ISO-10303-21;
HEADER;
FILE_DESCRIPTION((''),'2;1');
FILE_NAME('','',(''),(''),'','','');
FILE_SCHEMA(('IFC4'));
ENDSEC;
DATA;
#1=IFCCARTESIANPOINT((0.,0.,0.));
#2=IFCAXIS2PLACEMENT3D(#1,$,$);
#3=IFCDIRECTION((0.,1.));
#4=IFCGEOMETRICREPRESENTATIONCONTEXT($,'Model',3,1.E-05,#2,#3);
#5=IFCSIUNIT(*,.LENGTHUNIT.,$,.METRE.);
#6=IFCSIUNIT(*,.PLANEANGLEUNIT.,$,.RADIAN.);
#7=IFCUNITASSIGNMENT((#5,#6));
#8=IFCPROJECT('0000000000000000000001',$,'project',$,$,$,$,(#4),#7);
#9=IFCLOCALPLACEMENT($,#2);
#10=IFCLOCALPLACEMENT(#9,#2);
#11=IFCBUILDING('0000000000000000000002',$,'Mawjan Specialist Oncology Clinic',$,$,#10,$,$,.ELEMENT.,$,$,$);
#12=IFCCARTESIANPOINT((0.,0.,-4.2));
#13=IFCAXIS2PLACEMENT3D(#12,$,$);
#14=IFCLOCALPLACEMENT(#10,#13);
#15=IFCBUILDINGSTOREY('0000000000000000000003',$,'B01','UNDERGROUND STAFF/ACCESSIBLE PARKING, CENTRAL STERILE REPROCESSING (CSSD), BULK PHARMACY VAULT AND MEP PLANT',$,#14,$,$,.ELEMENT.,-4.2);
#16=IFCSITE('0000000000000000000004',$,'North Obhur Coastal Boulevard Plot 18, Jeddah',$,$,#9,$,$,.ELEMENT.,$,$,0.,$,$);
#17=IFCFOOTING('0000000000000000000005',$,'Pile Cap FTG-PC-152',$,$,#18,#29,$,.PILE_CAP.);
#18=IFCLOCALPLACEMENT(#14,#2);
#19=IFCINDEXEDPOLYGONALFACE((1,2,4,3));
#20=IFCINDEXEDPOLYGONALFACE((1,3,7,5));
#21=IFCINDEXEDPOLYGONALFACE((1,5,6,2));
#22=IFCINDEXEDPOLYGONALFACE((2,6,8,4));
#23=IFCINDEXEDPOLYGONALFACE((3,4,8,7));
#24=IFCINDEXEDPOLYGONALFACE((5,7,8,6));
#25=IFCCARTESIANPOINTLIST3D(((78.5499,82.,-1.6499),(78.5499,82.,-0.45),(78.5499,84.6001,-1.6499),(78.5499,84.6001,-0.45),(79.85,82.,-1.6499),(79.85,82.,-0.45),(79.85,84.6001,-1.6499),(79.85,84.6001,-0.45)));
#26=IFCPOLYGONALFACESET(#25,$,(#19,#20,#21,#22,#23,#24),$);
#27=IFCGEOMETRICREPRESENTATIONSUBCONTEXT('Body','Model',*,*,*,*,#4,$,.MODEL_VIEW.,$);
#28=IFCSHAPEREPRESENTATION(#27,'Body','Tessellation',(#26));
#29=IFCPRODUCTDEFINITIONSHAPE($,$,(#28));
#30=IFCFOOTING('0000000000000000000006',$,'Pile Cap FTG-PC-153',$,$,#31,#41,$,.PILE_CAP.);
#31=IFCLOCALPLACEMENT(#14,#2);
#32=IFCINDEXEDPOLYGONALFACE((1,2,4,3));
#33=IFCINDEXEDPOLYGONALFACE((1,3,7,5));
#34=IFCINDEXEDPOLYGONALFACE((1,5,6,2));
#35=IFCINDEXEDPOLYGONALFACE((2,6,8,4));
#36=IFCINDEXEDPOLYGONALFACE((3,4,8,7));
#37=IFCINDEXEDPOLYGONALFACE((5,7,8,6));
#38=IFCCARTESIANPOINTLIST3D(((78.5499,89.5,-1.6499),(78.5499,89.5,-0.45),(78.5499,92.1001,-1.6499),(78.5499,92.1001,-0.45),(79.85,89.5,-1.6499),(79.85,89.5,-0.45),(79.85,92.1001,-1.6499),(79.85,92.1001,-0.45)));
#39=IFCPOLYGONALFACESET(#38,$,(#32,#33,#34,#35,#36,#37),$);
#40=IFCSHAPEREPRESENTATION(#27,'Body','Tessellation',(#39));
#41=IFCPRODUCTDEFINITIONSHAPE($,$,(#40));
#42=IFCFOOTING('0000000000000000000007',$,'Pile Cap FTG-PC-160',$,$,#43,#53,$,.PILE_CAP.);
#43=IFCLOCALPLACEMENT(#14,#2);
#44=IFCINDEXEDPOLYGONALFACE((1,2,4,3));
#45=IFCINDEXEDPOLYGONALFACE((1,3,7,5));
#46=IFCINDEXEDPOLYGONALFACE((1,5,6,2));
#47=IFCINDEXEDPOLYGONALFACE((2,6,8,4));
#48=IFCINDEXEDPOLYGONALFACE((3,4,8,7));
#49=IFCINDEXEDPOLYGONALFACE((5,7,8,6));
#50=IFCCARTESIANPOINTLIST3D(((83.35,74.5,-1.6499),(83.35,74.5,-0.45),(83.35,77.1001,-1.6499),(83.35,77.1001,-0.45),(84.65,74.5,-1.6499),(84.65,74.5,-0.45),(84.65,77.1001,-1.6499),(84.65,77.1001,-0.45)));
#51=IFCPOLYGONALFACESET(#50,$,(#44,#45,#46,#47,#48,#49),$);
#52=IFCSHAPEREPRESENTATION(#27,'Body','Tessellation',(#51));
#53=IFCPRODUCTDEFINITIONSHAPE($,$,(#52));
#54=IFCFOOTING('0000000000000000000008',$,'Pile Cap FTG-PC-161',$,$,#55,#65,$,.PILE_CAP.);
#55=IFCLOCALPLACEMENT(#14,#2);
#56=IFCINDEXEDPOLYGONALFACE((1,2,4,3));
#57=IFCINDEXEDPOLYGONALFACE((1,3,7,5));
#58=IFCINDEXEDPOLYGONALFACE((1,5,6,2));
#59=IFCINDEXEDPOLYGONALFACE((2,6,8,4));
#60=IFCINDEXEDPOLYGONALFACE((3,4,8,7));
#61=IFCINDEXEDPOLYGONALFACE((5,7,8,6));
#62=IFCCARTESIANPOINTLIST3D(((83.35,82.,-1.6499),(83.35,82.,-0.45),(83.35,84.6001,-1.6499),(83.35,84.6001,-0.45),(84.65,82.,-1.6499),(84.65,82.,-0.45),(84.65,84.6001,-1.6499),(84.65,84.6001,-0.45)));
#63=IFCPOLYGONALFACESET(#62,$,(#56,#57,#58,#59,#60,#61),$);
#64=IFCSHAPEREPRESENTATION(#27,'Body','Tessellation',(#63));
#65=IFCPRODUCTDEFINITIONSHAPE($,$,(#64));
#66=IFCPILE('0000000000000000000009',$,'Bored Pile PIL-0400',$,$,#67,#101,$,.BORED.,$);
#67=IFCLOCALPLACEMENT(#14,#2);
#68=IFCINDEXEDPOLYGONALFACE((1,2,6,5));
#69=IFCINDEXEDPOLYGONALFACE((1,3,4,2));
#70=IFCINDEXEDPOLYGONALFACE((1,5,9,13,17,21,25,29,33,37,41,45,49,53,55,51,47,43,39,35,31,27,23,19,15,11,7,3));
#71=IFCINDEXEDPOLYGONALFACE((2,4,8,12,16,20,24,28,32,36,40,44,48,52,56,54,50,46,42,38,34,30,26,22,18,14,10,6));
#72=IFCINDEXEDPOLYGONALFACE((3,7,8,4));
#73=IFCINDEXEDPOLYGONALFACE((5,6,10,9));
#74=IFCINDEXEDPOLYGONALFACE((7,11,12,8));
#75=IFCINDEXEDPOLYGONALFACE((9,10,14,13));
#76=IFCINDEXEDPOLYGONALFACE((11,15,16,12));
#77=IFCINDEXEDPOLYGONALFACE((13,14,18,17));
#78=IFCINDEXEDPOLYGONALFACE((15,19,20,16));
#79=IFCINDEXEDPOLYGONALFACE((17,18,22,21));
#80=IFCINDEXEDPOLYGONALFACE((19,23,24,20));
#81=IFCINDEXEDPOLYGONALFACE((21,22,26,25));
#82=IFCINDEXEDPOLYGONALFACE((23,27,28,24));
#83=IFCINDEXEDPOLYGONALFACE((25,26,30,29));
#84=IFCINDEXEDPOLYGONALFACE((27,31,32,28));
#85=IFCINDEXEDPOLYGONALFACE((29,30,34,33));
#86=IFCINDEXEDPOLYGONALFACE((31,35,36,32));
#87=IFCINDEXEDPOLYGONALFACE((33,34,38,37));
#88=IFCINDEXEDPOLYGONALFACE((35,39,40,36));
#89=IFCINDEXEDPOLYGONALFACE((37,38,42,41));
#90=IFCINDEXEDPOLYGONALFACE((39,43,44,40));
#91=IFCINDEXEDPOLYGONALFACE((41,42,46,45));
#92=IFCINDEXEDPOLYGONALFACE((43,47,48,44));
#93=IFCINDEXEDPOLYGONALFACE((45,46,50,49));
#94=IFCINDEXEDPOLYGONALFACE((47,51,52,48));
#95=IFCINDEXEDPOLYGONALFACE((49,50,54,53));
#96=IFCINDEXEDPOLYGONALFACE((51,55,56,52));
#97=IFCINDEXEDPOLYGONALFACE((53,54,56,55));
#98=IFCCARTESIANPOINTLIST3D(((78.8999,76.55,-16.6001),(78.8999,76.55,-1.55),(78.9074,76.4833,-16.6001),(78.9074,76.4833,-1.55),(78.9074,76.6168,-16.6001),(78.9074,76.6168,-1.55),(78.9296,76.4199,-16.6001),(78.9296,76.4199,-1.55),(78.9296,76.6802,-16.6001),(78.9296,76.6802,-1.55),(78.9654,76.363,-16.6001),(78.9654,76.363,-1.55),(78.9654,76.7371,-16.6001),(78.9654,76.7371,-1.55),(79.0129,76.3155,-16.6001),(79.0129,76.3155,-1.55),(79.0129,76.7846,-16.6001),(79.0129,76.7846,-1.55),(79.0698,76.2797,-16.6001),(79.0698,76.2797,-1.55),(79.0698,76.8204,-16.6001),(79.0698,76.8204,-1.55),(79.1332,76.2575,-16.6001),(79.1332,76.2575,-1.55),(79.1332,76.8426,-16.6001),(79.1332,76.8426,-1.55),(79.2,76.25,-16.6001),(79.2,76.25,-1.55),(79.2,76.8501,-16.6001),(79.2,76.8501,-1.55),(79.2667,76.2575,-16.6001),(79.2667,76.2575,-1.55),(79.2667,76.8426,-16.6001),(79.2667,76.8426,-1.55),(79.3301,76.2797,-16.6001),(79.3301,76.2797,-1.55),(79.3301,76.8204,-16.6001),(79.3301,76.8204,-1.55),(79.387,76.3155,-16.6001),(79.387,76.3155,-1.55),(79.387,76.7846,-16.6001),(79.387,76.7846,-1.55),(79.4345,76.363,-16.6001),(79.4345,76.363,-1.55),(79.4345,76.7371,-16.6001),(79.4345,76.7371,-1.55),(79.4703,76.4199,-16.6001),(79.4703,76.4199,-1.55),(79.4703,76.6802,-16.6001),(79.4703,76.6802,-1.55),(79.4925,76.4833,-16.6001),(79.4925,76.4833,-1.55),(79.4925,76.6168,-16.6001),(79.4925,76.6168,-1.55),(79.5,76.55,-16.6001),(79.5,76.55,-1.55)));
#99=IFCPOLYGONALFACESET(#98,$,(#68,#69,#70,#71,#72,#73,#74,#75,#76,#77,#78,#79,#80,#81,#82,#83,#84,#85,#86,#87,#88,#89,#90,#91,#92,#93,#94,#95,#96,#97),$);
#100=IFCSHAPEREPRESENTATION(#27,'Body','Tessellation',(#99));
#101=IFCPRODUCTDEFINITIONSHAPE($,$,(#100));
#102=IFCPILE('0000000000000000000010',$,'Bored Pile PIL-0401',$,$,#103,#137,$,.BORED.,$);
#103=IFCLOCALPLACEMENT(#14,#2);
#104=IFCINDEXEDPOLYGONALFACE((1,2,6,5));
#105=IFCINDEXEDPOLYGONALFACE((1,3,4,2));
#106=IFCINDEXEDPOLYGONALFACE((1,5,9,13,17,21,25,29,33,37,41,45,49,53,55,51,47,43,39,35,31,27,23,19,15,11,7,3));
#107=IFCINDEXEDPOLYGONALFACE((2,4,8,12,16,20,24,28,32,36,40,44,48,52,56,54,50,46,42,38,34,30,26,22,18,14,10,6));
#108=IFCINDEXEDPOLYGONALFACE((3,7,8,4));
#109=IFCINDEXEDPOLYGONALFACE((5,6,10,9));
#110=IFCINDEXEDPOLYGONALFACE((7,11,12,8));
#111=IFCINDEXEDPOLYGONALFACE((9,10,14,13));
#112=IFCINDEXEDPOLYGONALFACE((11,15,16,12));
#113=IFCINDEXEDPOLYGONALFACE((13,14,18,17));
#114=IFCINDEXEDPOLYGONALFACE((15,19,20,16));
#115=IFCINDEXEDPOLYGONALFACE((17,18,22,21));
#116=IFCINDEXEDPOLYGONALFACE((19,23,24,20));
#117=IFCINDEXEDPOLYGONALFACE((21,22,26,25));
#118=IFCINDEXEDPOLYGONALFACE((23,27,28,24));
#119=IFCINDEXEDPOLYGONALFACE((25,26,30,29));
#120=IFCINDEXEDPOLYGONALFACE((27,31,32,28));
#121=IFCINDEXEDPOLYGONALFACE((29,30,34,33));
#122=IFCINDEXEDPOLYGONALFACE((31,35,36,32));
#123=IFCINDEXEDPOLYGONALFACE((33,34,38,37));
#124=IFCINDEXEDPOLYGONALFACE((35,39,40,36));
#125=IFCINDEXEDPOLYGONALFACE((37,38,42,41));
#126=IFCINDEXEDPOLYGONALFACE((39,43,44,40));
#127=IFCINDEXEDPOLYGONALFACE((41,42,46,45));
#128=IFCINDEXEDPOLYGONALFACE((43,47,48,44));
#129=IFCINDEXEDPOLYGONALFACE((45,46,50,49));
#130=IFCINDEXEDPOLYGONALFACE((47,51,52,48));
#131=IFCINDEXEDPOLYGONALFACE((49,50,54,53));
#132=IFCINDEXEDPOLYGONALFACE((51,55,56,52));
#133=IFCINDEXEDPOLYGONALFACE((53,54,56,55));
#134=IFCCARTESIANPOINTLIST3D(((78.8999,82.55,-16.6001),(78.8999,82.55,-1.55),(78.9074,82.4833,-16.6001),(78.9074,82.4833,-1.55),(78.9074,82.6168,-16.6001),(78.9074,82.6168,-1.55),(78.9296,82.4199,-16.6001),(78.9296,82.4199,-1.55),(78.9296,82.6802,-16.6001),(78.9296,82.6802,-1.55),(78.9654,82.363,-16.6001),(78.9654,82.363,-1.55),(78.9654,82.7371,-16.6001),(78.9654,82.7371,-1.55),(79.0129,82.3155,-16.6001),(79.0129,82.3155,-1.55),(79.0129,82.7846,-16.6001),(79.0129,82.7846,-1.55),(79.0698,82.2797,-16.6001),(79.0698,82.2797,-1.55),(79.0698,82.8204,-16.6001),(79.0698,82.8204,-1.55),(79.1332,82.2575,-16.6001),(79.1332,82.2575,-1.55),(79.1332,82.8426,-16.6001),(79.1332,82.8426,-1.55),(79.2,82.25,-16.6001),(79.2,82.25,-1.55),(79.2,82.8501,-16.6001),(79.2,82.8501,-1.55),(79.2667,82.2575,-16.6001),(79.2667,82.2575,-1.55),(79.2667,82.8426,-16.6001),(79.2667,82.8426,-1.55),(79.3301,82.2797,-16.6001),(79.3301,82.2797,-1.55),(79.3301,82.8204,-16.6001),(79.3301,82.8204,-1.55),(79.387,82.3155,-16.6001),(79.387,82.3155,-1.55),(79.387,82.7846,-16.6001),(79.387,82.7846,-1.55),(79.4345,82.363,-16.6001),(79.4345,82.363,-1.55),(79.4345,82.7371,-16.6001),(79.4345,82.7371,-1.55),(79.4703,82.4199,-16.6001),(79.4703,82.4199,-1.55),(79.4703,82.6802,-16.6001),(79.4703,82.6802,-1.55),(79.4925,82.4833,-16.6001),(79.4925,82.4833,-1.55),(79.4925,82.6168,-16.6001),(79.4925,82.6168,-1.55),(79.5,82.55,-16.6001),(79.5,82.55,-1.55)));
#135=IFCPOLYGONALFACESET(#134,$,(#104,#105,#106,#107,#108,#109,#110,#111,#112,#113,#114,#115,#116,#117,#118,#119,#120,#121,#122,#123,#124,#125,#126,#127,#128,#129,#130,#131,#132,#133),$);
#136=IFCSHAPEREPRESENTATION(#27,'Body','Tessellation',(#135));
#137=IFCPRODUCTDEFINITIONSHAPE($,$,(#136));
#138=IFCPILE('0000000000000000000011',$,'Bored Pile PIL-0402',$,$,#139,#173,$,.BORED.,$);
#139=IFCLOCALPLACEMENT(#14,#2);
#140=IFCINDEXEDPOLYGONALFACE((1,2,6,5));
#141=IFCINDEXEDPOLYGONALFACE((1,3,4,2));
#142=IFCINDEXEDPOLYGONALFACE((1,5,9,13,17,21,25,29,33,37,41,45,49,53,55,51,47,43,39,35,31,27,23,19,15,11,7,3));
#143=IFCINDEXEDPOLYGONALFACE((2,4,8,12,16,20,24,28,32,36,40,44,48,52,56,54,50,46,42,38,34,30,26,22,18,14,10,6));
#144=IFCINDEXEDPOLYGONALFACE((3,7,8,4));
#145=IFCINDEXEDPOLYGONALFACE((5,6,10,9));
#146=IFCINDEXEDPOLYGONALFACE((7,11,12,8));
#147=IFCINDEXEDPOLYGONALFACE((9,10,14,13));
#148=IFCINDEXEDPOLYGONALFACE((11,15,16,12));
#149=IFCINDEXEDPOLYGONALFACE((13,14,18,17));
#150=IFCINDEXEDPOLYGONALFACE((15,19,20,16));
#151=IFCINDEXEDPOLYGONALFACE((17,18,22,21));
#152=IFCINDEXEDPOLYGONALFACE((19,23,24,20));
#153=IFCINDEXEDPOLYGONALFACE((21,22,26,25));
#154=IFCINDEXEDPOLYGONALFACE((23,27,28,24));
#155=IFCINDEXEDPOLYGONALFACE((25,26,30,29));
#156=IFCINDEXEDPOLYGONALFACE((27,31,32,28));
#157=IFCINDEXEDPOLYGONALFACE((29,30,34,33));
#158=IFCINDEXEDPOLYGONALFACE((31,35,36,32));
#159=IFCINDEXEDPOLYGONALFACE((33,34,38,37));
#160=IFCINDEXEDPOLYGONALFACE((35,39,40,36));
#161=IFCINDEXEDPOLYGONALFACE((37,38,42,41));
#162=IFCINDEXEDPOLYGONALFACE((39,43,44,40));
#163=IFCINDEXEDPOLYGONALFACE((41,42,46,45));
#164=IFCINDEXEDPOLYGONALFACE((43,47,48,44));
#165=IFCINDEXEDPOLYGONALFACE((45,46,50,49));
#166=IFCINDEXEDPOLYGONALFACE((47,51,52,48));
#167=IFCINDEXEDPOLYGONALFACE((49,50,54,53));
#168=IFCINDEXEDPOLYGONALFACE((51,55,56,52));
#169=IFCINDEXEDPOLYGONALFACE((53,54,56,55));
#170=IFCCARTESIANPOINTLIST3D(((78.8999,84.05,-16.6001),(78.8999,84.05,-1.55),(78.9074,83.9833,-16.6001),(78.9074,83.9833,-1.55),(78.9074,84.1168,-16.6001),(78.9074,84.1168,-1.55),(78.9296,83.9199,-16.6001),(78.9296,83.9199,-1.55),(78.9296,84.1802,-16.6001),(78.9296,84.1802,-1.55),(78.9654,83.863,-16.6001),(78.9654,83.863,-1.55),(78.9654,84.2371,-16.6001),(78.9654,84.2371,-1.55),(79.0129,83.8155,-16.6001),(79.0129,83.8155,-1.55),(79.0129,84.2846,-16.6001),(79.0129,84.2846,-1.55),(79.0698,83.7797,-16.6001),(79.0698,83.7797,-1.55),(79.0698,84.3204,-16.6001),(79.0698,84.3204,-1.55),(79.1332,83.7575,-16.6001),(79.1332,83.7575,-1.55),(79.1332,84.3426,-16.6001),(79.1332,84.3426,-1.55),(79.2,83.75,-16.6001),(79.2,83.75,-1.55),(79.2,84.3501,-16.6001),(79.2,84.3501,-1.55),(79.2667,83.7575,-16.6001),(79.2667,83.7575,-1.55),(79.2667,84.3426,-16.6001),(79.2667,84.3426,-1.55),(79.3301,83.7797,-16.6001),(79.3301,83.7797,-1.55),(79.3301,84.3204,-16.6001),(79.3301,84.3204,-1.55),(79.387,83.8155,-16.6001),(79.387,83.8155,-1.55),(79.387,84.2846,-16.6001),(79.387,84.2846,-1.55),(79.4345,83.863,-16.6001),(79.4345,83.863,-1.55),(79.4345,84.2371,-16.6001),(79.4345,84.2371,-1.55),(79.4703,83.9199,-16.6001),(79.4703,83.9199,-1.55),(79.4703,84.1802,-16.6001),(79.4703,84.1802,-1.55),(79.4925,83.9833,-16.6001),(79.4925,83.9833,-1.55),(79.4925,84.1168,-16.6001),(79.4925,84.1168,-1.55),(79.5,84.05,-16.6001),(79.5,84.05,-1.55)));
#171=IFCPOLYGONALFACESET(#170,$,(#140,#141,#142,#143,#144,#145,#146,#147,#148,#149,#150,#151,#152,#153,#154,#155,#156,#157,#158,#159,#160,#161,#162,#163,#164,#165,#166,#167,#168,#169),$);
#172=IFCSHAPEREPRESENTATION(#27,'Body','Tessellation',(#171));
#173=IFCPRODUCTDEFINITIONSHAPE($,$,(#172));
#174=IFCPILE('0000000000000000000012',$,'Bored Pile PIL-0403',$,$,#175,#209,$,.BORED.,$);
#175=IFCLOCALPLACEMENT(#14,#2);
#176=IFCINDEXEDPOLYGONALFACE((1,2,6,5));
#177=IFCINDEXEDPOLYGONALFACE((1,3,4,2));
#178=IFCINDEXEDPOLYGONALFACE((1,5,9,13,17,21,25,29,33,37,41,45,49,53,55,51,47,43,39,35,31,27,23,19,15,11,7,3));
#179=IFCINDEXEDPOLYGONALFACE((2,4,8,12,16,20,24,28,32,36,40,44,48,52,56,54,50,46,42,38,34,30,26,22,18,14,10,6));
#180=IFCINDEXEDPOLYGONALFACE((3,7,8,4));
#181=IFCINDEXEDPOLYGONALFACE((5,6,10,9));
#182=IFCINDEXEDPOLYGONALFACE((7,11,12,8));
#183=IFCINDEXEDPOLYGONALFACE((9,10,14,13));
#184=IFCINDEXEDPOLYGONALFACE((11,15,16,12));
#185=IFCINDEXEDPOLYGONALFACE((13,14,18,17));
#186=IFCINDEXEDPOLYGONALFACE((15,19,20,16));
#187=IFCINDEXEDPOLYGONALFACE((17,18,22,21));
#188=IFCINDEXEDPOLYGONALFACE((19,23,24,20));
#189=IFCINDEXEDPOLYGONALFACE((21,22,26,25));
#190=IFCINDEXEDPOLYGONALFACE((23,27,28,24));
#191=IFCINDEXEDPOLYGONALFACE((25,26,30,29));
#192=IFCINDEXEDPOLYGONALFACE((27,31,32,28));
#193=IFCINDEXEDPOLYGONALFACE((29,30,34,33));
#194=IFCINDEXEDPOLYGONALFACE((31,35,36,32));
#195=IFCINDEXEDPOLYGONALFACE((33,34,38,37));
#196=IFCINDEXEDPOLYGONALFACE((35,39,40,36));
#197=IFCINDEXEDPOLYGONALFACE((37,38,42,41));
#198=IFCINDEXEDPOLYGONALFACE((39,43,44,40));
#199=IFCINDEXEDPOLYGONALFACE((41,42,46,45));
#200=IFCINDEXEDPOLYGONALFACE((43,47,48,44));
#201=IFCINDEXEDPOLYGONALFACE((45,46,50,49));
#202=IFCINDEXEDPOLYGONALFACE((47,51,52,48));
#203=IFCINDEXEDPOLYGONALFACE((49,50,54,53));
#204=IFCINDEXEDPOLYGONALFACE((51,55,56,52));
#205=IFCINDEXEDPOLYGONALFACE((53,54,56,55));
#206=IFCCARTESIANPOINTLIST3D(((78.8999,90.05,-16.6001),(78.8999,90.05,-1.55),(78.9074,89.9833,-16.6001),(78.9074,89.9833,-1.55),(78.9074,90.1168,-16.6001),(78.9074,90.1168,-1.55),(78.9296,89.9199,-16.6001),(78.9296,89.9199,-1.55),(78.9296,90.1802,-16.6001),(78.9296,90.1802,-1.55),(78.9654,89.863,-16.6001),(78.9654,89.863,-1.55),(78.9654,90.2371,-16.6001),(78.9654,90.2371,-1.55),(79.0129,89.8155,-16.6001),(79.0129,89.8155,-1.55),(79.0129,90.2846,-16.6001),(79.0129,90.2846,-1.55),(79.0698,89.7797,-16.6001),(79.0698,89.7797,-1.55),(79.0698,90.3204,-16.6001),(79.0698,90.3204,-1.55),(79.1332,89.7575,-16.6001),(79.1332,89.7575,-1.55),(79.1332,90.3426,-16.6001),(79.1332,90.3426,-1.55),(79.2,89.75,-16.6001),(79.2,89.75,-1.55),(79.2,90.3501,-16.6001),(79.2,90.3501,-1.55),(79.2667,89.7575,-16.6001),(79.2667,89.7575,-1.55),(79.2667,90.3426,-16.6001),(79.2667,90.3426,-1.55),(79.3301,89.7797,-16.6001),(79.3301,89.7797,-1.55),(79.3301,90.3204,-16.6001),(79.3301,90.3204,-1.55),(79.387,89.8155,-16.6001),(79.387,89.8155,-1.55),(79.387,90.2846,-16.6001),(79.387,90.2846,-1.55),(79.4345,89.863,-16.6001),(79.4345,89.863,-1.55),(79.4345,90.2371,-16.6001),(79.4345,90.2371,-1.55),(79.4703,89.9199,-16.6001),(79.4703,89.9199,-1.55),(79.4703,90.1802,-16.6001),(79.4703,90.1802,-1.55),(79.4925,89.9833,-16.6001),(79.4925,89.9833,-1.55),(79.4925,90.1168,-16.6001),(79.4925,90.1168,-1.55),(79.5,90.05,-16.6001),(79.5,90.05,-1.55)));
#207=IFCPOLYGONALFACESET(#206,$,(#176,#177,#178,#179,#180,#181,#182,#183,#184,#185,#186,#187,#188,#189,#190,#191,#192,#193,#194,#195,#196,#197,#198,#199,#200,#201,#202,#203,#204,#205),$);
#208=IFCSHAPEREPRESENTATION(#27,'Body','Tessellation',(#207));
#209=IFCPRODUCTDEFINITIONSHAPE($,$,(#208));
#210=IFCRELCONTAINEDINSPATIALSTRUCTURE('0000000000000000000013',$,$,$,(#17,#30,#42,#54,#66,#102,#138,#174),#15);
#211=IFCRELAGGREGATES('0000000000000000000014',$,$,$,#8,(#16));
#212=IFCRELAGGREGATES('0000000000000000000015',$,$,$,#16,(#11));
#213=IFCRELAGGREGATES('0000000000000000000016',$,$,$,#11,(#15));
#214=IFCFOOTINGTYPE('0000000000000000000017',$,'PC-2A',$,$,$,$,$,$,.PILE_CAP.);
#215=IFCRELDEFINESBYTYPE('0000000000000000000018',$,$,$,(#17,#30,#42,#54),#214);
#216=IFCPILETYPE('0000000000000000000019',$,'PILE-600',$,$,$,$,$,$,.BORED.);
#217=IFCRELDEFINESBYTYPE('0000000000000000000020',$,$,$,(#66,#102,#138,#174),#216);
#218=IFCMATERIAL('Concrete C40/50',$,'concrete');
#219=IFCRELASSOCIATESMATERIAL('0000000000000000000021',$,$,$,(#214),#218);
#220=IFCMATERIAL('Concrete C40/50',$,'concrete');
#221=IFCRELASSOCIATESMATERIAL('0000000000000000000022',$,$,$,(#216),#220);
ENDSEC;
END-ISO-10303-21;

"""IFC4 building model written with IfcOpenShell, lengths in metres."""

from ifc_helpers import new_model, si_unit, direction, frame, origin, origin_2d, place, context, subcontext, project, spatial, rectangle, circle, extrude, material, material_profile, profile_set, type_object, element, save


model = new_model("IFC4")

# Units and contexts
model_context = context("Model", 3, precision=1e-05, world=origin(), true_north=direction((0.0, 1.0)))
body_context = subcontext(model_context, "Body", "Model", "MODEL_VIEW")
ifc_project = project(units=[si_unit("LENGTHUNIT", "METRE"), si_unit("PLANEANGLEUNIT", "RADIAN")], contexts=[model_context])

# Site, building, storey
site_placement = place(None, origin())
site = spatial("IfcSite", under=ifc_project, at=site_placement, Name="North Obhur Coastal Boulevard Plot 18, Jeddah", CompositionType="ELEMENT", RefElevation=0.0)
building_placement = place(site_placement, origin())
building = spatial("IfcBuilding", under=site, at=building_placement, Name="Mawjan Specialist Oncology Clinic", CompositionType="ELEMENT")
storey_placement = place(building_placement, frame((0.0, 0.0, -4.2)))
storey = spatial("IfcBuildingStorey", under=building, at=storey_placement, Name="B01", Description="UNDERGROUND STAFF/ACCESSIBLE PARKING, CENTRAL STERILE REPROCESSING (CSSD), BULK PHARMACY VAULT AND MEP PLANT", CompositionType="ELEMENT", Elevation=-4.2)

# Footings
ifc_material_1 = material(Name="Concrete C40/50", Category="concrete")
footing_type_1 = type_object("IfcFootingType", Name="PC-2A", PredefinedType="PILE_CAP", material=ifc_material_1)
for number, where, z_axis, x_axis, name in (
    (1, (79.2, 83.3, -1.6499), (0.0, 0.0, 1.0), (0.0, 1.0, 0.0), "Pile Cap FTG-PC-152"),
    (2, (79.2, 90.8, -1.6499), (0.0, 0.0, 1.0), (0.0, 1.0, 0.0), "Pile Cap FTG-PC-153"),
    (3, (84.0, 75.8, -1.6499), (0.0, 0.0, 1.0), (0.0, 1.0, 0.0), "Pile Cap FTG-PC-160"),
    (4, (84.0, 83.3, -1.6499), (0.0, 0.0, 1.0), (0.0, 1.0, 0.0), "Pile Cap FTG-PC-161"),
):
    element("IfcFooting", number, at=place(storey_placement, frame(where, z_axis=z_axis, x_axis=x_axis)), inside=storey, type_object=footing_type_1, Name=name, PredefinedType="PILE_CAP", context=body_context, shape_type="SweptSolid", body=[
        extrude(rectangle(XDim=2.6001, YDim=1.3, at=origin_2d()), origin(), (0.0, 0.0, 1.0), 1.2),
    ])

# Piles
ifc_material_2 = material(Name="Concrete C40/50", Category="concrete")
ifc_material_profile_1 = material_profile(ifc_material_2, circle(Radius=0.3, at=origin_2d()), Name="BORED PILE D600", Category="concrete")
ifc_profile_set_1 = profile_set([ifc_material_profile_1], Name="Concrete C40/50")
pile_type = type_object("IfcPileType", Name="PILE-600", PredefinedType="BORED", material=ifc_profile_set_1)
for number, where, z_axis, x_axis, name in (
    (5, (79.2, 76.55, -1.55), (0.0, 0.0, -1.0), (1.0, 0.0, 0.0), "Bored Pile PIL-0400"),
    (6, (79.2, 82.55, -1.55), (0.0, 0.0, -1.0), (1.0, 0.0, 0.0), "Bored Pile PIL-0401"),
    (7, (79.2, 84.05, -1.55), (0.0, 0.0, -1.0), (1.0, 0.0, 0.0), "Bored Pile PIL-0402"),
    (8, (79.2, 90.05, -1.55), (0.0, 0.0, -1.0), (1.0, 0.0, 0.0), "Bored Pile PIL-0403"),
):
    element("IfcPile", number, at=place(storey_placement, frame(where, z_axis=z_axis, x_axis=x_axis)), inside=storey, type_object=pile_type, Name=name, PredefinedType="BORED", context=body_context, shape_type="SweptSolid", body=[
        extrude(circle(Radius=0.3, at=origin_2d()), origin(), (0.0, 0.0, 1.0), 15.05),
    ])

save(model, "model.ifc")
